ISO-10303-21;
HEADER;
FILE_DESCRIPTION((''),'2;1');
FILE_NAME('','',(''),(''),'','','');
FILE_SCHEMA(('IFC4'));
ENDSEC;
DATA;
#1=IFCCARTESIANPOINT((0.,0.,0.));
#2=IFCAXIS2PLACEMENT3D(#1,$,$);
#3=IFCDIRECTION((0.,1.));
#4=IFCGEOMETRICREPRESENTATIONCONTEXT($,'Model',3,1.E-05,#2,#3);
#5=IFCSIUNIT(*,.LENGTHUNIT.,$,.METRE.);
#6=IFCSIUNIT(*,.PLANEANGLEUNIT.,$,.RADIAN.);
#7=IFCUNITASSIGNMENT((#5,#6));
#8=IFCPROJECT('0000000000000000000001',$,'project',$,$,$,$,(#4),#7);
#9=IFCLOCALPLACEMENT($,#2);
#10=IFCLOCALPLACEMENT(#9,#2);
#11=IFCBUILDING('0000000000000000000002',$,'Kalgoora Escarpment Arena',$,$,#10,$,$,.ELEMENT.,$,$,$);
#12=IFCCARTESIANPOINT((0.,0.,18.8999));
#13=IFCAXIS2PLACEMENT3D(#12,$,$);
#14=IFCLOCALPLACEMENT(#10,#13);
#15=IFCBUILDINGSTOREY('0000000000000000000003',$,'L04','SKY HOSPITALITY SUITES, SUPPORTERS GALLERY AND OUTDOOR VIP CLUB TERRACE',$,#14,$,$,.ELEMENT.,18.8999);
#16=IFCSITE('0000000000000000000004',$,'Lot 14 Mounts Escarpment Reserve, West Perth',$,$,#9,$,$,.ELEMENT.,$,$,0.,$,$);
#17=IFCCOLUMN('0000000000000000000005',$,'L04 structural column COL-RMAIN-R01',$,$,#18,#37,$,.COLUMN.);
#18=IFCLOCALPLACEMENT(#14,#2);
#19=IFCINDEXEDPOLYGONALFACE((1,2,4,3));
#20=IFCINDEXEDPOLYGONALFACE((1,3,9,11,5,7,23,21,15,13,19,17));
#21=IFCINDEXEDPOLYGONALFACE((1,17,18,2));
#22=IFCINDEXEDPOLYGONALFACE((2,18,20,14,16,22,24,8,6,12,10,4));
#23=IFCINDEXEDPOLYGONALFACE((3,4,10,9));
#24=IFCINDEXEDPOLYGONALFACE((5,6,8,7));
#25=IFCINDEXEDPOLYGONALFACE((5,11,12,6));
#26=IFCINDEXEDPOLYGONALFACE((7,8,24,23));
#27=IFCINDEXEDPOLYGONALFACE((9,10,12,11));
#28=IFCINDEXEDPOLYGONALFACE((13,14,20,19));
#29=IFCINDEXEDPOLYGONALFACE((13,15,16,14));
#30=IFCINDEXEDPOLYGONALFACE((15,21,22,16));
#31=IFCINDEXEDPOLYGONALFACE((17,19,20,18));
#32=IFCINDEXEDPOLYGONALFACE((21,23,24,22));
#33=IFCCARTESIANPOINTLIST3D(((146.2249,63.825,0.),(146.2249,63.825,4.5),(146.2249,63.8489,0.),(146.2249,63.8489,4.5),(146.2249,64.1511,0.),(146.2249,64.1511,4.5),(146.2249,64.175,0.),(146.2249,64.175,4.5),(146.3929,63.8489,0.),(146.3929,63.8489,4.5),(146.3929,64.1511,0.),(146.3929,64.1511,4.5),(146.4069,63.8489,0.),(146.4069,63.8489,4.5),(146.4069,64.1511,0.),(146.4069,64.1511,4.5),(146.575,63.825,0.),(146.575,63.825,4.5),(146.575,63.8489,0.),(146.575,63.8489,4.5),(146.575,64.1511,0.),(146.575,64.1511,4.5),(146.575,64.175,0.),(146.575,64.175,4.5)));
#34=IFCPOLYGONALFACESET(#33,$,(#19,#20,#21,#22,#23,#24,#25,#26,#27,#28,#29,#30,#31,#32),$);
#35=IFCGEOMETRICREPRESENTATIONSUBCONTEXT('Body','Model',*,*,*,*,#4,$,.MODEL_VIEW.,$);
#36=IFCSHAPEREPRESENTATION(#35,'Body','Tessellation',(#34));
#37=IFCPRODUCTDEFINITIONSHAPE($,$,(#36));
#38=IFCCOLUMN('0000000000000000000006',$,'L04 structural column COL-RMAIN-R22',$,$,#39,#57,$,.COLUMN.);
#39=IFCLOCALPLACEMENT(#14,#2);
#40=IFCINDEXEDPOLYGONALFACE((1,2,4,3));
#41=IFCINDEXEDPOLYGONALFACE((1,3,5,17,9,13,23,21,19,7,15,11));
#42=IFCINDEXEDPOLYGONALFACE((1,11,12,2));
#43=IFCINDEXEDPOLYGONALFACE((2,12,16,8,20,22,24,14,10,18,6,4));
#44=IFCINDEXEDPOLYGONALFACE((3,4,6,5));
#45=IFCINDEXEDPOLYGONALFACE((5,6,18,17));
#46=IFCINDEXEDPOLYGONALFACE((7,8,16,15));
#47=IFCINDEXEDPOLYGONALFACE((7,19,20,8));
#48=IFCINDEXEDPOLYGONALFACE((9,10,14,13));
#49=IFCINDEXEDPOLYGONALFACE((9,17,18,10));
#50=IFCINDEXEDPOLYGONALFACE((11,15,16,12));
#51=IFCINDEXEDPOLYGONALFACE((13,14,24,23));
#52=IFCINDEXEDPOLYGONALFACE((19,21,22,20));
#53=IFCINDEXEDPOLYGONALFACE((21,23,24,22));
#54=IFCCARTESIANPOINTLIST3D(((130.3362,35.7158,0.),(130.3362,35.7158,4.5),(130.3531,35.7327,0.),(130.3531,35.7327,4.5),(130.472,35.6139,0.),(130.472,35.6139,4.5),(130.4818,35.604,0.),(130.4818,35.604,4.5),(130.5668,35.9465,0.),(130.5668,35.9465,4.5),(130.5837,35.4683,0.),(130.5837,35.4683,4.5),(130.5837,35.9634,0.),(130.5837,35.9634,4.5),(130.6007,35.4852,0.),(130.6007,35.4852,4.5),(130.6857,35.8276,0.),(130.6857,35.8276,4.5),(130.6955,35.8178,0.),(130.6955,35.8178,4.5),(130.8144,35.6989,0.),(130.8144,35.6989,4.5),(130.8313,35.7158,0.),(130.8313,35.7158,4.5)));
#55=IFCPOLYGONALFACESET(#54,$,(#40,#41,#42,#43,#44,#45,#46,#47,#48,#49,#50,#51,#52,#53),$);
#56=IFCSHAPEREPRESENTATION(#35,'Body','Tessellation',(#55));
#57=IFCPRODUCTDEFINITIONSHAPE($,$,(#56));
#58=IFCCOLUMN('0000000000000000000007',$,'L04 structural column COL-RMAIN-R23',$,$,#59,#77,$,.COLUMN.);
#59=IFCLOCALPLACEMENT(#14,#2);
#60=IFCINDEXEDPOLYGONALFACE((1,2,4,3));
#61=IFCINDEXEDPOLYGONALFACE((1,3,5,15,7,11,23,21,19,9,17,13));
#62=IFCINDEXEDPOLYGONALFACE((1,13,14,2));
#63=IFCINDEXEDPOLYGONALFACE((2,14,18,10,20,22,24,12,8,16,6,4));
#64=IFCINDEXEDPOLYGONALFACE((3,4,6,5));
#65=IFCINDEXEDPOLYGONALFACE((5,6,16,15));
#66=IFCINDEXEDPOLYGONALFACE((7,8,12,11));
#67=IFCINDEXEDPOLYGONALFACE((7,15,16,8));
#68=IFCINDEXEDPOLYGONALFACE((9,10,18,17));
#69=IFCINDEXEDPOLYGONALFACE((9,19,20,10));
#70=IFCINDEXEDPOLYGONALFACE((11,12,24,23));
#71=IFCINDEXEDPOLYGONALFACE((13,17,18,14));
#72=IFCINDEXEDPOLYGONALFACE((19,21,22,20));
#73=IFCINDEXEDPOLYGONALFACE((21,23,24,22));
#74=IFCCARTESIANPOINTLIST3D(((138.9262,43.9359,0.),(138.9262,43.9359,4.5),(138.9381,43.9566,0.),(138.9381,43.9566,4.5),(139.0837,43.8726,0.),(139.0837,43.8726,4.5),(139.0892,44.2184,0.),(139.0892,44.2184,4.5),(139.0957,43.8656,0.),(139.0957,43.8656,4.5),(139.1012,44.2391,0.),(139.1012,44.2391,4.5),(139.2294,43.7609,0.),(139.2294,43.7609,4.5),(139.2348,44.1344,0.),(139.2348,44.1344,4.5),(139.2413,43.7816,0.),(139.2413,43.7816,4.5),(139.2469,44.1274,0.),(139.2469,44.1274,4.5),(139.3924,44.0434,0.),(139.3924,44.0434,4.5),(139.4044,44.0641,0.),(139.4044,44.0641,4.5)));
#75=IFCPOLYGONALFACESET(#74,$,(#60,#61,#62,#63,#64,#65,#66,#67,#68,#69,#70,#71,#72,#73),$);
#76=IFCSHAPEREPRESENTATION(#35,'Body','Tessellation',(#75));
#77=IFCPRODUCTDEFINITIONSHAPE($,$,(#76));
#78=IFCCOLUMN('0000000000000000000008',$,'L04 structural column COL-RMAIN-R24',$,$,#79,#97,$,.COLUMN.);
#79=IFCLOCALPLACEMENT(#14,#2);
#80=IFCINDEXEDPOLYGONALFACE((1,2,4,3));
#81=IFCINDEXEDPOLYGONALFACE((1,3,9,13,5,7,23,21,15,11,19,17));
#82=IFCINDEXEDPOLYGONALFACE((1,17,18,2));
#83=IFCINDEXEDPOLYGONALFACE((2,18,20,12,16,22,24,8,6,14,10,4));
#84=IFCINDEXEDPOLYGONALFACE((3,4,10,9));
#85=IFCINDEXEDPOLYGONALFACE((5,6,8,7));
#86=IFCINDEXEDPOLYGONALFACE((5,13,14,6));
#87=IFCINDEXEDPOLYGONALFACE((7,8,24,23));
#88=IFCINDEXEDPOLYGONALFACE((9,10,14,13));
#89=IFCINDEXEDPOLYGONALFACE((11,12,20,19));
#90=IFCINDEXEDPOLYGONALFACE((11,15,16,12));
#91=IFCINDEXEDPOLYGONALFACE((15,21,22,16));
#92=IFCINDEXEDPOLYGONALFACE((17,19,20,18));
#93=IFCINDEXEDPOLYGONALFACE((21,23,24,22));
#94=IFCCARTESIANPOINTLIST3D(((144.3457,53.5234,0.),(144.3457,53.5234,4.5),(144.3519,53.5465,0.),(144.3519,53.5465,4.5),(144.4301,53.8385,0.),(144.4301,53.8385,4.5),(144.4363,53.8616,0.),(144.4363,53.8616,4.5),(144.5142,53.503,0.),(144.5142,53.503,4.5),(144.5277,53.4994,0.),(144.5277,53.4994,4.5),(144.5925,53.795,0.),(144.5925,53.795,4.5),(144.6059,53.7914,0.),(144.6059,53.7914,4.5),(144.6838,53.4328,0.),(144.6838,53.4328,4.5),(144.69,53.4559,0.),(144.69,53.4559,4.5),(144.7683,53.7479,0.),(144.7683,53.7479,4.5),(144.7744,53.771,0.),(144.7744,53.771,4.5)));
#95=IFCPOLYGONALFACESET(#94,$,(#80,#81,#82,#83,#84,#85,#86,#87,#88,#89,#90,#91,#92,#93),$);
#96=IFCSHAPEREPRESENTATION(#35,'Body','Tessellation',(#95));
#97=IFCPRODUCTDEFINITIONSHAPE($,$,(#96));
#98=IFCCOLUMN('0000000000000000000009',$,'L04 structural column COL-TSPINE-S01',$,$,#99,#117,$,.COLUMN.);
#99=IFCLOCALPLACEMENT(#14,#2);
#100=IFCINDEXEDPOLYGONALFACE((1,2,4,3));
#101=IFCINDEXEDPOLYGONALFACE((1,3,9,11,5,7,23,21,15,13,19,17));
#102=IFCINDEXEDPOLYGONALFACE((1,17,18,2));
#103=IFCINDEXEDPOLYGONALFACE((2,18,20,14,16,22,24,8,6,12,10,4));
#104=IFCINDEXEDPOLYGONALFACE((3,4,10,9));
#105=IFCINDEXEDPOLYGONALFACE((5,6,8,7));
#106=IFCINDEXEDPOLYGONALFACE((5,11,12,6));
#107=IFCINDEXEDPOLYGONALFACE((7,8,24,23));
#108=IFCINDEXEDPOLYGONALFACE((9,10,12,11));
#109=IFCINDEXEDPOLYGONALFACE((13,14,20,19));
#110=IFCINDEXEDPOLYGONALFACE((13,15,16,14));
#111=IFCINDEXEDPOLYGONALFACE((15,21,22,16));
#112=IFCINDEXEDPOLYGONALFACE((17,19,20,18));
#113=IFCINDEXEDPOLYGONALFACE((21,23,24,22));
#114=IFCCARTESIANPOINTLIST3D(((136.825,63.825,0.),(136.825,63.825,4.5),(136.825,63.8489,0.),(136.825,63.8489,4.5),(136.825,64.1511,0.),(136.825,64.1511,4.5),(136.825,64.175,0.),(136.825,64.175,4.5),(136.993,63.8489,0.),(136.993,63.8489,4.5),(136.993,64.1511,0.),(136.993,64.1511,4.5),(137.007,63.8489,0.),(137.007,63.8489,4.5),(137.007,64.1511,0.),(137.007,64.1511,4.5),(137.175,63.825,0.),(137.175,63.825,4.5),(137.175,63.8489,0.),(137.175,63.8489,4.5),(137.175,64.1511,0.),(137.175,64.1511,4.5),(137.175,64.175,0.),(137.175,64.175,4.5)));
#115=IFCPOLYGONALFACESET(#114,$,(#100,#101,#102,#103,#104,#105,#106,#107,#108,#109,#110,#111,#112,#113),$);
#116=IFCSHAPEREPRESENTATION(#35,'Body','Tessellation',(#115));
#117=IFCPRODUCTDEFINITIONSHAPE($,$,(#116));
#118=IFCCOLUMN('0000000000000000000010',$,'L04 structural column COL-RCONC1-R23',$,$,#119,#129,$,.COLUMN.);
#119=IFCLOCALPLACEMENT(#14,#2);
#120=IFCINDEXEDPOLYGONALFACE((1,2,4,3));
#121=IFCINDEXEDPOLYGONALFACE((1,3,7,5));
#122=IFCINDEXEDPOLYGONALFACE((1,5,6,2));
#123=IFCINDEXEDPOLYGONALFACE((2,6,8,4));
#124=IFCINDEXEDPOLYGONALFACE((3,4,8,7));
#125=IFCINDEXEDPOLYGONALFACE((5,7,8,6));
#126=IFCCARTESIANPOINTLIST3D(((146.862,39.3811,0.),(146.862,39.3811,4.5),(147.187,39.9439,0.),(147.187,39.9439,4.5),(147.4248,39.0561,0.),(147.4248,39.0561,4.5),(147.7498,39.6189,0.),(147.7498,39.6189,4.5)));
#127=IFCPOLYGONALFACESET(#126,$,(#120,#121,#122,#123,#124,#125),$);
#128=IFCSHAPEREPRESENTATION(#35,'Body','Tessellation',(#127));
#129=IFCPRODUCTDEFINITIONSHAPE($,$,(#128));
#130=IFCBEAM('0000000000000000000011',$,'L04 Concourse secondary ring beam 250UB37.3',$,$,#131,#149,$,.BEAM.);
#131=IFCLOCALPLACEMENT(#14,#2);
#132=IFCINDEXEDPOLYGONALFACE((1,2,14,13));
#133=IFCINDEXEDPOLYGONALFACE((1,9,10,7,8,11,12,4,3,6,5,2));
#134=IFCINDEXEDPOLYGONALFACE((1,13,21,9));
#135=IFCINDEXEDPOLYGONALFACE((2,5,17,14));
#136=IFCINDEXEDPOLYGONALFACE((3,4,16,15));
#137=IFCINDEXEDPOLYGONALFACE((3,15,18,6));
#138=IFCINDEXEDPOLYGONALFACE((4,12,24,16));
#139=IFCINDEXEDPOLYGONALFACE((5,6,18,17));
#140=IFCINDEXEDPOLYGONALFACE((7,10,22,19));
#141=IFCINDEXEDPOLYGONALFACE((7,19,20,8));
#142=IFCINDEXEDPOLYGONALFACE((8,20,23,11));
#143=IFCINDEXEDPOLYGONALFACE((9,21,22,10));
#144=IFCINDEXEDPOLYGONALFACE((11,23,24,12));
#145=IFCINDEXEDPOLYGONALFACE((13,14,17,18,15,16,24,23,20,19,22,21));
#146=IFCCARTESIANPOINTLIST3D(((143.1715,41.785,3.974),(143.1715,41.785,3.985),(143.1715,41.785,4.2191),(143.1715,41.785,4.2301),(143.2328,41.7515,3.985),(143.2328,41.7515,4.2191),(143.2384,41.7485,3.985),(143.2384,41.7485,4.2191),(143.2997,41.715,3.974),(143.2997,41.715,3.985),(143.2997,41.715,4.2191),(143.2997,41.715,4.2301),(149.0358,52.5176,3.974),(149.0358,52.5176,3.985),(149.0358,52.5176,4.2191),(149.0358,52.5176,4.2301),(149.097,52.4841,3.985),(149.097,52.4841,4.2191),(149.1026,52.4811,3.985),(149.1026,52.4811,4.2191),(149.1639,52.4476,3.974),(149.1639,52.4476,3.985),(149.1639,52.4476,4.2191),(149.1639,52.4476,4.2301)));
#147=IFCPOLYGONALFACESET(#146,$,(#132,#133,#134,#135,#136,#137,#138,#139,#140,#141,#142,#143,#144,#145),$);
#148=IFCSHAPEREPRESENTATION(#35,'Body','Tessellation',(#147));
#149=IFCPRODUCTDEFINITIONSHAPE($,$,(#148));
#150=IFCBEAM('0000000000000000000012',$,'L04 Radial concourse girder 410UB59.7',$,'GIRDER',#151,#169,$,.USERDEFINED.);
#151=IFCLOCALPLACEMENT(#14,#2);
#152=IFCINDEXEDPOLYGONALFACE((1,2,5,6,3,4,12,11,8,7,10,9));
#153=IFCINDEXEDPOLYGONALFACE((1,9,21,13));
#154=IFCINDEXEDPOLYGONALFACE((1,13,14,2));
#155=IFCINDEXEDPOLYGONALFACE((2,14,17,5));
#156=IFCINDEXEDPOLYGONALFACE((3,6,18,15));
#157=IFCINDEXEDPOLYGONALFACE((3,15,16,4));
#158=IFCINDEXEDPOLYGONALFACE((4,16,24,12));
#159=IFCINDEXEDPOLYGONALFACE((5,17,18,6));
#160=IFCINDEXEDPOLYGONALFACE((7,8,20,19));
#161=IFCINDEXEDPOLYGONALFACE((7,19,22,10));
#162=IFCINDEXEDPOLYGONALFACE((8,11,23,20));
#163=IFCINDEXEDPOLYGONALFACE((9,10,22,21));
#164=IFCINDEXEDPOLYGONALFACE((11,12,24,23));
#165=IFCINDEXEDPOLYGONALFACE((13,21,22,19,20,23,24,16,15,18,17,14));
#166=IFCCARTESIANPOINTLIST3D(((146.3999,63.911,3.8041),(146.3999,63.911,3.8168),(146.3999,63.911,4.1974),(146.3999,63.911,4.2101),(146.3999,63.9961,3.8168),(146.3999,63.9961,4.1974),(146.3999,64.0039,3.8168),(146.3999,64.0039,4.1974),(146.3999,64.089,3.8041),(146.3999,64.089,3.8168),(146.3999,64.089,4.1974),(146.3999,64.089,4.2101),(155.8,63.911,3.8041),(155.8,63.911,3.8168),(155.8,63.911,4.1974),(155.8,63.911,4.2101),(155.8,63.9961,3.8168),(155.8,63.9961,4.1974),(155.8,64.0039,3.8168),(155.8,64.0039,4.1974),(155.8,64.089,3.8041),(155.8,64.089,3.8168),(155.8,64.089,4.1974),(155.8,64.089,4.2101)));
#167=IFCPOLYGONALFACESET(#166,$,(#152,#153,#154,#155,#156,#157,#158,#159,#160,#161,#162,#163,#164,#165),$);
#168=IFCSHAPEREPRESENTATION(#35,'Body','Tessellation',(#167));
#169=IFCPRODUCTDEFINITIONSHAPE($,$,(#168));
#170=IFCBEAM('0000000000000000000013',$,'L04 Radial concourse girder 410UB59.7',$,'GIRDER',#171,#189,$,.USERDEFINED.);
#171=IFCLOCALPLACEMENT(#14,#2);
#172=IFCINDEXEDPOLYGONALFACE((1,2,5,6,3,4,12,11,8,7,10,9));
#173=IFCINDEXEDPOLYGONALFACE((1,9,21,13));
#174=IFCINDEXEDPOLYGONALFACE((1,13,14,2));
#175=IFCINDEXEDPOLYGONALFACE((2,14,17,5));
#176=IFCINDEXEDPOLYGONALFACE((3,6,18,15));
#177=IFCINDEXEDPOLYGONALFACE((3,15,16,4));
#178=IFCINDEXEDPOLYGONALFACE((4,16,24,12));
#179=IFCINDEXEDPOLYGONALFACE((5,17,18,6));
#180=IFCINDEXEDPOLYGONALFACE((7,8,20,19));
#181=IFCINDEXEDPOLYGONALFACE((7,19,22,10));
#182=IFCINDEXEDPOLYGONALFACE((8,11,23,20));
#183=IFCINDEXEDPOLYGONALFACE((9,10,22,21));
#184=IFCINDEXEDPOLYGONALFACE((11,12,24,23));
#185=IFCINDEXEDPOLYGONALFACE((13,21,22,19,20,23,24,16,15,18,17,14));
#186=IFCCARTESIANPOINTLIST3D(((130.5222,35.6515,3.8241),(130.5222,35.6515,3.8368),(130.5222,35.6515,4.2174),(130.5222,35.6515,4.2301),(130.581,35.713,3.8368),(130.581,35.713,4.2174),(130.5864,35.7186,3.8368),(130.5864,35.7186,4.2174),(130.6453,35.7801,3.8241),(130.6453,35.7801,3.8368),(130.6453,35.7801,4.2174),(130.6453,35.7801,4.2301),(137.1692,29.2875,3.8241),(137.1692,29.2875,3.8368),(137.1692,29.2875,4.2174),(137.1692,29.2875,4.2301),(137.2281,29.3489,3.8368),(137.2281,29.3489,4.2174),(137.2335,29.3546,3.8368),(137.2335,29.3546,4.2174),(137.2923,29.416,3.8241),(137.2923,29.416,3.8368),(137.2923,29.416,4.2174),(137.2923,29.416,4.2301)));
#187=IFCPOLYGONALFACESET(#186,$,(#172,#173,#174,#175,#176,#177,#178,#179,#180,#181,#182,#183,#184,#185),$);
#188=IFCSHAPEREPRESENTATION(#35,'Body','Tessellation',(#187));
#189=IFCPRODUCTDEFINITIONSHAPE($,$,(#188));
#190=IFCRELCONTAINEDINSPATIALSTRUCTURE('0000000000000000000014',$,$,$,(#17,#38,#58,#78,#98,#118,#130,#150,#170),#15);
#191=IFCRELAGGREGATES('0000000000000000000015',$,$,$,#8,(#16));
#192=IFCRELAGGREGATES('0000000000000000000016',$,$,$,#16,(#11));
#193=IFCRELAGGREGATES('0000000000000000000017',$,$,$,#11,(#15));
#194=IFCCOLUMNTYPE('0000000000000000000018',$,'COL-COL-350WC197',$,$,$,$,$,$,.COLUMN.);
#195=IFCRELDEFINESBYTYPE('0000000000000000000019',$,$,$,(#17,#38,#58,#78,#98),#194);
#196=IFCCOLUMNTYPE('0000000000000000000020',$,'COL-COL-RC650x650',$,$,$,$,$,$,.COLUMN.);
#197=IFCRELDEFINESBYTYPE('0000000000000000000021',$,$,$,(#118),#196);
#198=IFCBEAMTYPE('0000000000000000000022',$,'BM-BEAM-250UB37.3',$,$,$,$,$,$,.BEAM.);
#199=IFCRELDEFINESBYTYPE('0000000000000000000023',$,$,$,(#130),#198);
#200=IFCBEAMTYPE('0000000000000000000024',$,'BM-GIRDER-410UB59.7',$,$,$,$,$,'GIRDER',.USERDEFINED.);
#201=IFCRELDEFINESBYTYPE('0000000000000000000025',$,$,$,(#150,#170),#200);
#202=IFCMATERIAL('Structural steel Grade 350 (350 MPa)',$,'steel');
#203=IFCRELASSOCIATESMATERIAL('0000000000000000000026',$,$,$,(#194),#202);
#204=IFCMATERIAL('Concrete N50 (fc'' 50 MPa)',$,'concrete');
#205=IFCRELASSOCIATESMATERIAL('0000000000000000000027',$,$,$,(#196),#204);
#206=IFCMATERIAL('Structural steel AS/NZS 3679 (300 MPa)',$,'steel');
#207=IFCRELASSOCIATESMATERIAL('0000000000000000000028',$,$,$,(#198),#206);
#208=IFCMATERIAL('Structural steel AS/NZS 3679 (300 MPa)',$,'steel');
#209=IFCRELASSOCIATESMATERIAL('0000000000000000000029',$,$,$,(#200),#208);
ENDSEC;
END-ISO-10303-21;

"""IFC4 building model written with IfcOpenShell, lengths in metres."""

from ifc_helpers import new_model, si_unit, direction, frame, origin, origin_2d, place, context, subcontext, project, spatial, rectangle, i_section, extrude, material, material_profile, profile_set, type_object, element, save


model = new_model("IFC4")

# Units and contexts
model_context = context("Model", 3, precision=1e-05, world=origin(), true_north=direction((0.0, 1.0)))
body_context = subcontext(model_context, "Body", "Model", "MODEL_VIEW")
ifc_project = project(units=[si_unit("LENGTHUNIT", "METRE"), si_unit("PLANEANGLEUNIT", "RADIAN")], contexts=[model_context])

# Site, building, storey
site_placement = place(None, origin())
site = spatial("IfcSite", under=ifc_project, at=site_placement, Name="Lot 14 Mounts Escarpment Reserve, West Perth", CompositionType="ELEMENT", RefElevation=0.0)
building_placement = place(site_placement, origin())
building = spatial("IfcBuilding", under=site, at=building_placement, Name="Kalgoora Escarpment Arena", CompositionType="ELEMENT")
storey_placement = place(building_placement, frame((0.0, 0.0, 18.8999)))
storey = spatial("IfcBuildingStorey", under=building, at=storey_placement, Name="L04", Description="SKY HOSPITALITY SUITES, SUPPORTERS GALLERY AND OUTDOOR VIP CLUB TERRACE", CompositionType="ELEMENT", Elevation=18.8999)

# Columns
ifc_material_1 = material(Name="Structural steel Grade 350 (350 MPa)", Category="steel")
ifc_material_profile_1 = material_profile(ifc_material_1, i_section(OverallWidth=0.3501, OverallDepth=0.3501, WebThickness=0.0139, FlangeThickness=0.0239, at=origin_2d()))
ifc_profile_set_1 = profile_set([ifc_material_profile_1], Name="Structural steel Grade 350 (350 MPa)")
column_type_1 = type_object("IfcColumnType", Name="COL-COL-350WC197", PredefinedType="COLUMN", material=ifc_profile_set_1)
for number, where, z_axis, x_axis, name in (
    (1, (146.3999, 64.0, 0.0), (0.0, 0.0, 1.0), (1.0, 0.0, 0.0), "L04 structural column COL-RMAIN-R01"),
    (2, (130.5837, 35.7158, 0.0), (0.0, 0.0, 1.0), (0.707107, -0.707107, 0.0), "L04 structural column COL-RMAIN-R22"),
    (3, (139.1653, 44.0, 0.0), (0.0, 0.0, 1.0), (0.866025, -0.5, 0.0), "L04 structural column COL-RMAIN-R23"),
    (4, (144.5601, 53.6472, 0.0), (0.0, 0.0, 1.0), (0.965926, -0.258819, 0.0), "L04 structural column COL-RMAIN-R24"),
    (5, (137.0, 64.0, 0.0), (0.0, 0.0, 1.0), (1.0, 0.0, 0.0), "L04 structural column COL-TSPINE-S01"),
):
    element("IfcColumn", number, at=place(storey_placement, frame(where, z_axis=z_axis, x_axis=x_axis)), inside=storey, type_object=column_type_1, Name=name, PredefinedType="COLUMN", context=body_context, shape_type="SweptSolid", body=[
        extrude(i_section(OverallWidth=0.3501, OverallDepth=0.3501, WebThickness=0.0139, FlangeThickness=0.0239, at=origin_2d()), origin(), (0.0, 0.0, 1.0), 4.5),
    ])
ifc_material_2 = material(Name="Concrete N50 (fc' 50 MPa)", Category="concrete")
ifc_material_profile_2 = material_profile(ifc_material_2, rectangle(XDim=0.6499, YDim=0.6499, at=origin_2d()))
ifc_profile_set_2 = profile_set([ifc_material_profile_2], Name="Concrete N50 (fc' 50 MPa)")
column_type_2 = type_object("IfcColumnType", Name="COL-COL-RC650x650", PredefinedType="COLUMN", material=ifc_profile_set_2)
column_placement = place(storey_placement, frame((147.3059, 39.5, 0.0), z_axis=(0.0, 0.0, 1.0), x_axis=(0.866025, -0.5, 0.0)))
element("IfcColumn", 6, at=column_placement, inside=storey, type_object=column_type_2, Name="L04 structural column COL-RCONC1-R23", PredefinedType="COLUMN", context=body_context, shape_type="SweptSolid", body=[
    extrude(rectangle(XDim=0.6499, YDim=0.6499, at=origin_2d()), origin(), (0.0, 0.0, 1.0), 4.5),
])

# Beams
ifc_material_3 = material(Name="Structural steel AS/NZS 3679 (300 MPa)", Category="steel")
ifc_material_profile_3 = material_profile(ifc_material_3, i_section(OverallWidth=0.146, OverallDepth=0.2561, WebThickness=0.0063, FlangeThickness=0.011, at=origin_2d()))
ifc_profile_set_3 = profile_set([ifc_material_profile_3], Name="Structural steel AS/NZS 3679 (300 MPa)")
beam_type_1 = type_object("IfcBeamType", Name="BM-BEAM-250UB37.3", PredefinedType="BEAM", material=ifc_profile_set_3)
beam_1_placement = place(storey_placement, frame((143.2356, 41.75, 4.1021), z_axis=(0.479487, 0.877549, 0.0), x_axis=(-0.877549, 0.479487, 0.0)))
element("IfcBeam", 7, at=beam_1_placement, inside=storey, type_object=beam_type_1, Name="L04 Concourse secondary ring beam 250UB37.3", PredefinedType="BEAM", context=body_context, shape_type="SweptSolid", body=[
    extrude(i_section(OverallWidth=0.146, OverallDepth=0.2561, WebThickness=0.0063, FlangeThickness=0.011, at=origin_2d()), origin(), (0.0, 0.0, 1.0), 12.2302),
])
ifc_material_4 = material(Name="Structural steel AS/NZS 3679 (300 MPa)", Category="steel")
ifc_material_profile_4 = material_profile(ifc_material_4, i_section(OverallWidth=0.178, OverallDepth=0.406, WebThickness=0.0078, FlangeThickness=0.0127, at=origin_2d()))
ifc_profile_set_4 = profile_set([ifc_material_profile_4], Name="Structural steel AS/NZS 3679 (300 MPa)")
beam_type_2 = type_object("IfcBeamType", Name="BM-GIRDER-410UB59.7", ElementType="GIRDER", PredefinedType="USERDEFINED", material=ifc_profile_set_4)
beam_2_placement = place(storey_placement, frame((146.3999, 64.0, 4.0071), z_axis=(1.0, 0.0, 0.0), x_axis=(0.0, 1.0, 0.0)))
element("IfcBeam", 8, at=beam_2_placement, inside=storey, type_object=beam_type_2, Name="L04 Radial concourse girder 410UB59.7", ObjectType="GIRDER", PredefinedType="USERDEFINED", context=body_context, shape_type="SweptSolid", body=[
    extrude(i_section(OverallWidth=0.178, OverallDepth=0.406, WebThickness=0.0078, FlangeThickness=0.0127, at=origin_2d()), origin(), (0.0, 0.0, 1.0), 9.4001),
])
beam_3_placement = place(storey_placement, frame((130.5837, 35.7158, 4.0271), z_axis=(0.722314, -0.691565, 0.0), x_axis=(0.691565, 0.722314, 0.0)))
element("IfcBeam", 9, at=beam_3_placement, inside=storey, type_object=beam_type_2, Name="L04 Radial concourse girder 410UB59.7", ObjectType="GIRDER", PredefinedType="USERDEFINED", context=body_context, shape_type="SweptSolid", body=[
    extrude(i_section(OverallWidth=0.178, OverallDepth=0.406, WebThickness=0.0078, FlangeThickness=0.0127, at=origin_2d()), origin(), (0.0, 0.0, 1.0), 9.2024),
])

save(model, "model.ifc")
